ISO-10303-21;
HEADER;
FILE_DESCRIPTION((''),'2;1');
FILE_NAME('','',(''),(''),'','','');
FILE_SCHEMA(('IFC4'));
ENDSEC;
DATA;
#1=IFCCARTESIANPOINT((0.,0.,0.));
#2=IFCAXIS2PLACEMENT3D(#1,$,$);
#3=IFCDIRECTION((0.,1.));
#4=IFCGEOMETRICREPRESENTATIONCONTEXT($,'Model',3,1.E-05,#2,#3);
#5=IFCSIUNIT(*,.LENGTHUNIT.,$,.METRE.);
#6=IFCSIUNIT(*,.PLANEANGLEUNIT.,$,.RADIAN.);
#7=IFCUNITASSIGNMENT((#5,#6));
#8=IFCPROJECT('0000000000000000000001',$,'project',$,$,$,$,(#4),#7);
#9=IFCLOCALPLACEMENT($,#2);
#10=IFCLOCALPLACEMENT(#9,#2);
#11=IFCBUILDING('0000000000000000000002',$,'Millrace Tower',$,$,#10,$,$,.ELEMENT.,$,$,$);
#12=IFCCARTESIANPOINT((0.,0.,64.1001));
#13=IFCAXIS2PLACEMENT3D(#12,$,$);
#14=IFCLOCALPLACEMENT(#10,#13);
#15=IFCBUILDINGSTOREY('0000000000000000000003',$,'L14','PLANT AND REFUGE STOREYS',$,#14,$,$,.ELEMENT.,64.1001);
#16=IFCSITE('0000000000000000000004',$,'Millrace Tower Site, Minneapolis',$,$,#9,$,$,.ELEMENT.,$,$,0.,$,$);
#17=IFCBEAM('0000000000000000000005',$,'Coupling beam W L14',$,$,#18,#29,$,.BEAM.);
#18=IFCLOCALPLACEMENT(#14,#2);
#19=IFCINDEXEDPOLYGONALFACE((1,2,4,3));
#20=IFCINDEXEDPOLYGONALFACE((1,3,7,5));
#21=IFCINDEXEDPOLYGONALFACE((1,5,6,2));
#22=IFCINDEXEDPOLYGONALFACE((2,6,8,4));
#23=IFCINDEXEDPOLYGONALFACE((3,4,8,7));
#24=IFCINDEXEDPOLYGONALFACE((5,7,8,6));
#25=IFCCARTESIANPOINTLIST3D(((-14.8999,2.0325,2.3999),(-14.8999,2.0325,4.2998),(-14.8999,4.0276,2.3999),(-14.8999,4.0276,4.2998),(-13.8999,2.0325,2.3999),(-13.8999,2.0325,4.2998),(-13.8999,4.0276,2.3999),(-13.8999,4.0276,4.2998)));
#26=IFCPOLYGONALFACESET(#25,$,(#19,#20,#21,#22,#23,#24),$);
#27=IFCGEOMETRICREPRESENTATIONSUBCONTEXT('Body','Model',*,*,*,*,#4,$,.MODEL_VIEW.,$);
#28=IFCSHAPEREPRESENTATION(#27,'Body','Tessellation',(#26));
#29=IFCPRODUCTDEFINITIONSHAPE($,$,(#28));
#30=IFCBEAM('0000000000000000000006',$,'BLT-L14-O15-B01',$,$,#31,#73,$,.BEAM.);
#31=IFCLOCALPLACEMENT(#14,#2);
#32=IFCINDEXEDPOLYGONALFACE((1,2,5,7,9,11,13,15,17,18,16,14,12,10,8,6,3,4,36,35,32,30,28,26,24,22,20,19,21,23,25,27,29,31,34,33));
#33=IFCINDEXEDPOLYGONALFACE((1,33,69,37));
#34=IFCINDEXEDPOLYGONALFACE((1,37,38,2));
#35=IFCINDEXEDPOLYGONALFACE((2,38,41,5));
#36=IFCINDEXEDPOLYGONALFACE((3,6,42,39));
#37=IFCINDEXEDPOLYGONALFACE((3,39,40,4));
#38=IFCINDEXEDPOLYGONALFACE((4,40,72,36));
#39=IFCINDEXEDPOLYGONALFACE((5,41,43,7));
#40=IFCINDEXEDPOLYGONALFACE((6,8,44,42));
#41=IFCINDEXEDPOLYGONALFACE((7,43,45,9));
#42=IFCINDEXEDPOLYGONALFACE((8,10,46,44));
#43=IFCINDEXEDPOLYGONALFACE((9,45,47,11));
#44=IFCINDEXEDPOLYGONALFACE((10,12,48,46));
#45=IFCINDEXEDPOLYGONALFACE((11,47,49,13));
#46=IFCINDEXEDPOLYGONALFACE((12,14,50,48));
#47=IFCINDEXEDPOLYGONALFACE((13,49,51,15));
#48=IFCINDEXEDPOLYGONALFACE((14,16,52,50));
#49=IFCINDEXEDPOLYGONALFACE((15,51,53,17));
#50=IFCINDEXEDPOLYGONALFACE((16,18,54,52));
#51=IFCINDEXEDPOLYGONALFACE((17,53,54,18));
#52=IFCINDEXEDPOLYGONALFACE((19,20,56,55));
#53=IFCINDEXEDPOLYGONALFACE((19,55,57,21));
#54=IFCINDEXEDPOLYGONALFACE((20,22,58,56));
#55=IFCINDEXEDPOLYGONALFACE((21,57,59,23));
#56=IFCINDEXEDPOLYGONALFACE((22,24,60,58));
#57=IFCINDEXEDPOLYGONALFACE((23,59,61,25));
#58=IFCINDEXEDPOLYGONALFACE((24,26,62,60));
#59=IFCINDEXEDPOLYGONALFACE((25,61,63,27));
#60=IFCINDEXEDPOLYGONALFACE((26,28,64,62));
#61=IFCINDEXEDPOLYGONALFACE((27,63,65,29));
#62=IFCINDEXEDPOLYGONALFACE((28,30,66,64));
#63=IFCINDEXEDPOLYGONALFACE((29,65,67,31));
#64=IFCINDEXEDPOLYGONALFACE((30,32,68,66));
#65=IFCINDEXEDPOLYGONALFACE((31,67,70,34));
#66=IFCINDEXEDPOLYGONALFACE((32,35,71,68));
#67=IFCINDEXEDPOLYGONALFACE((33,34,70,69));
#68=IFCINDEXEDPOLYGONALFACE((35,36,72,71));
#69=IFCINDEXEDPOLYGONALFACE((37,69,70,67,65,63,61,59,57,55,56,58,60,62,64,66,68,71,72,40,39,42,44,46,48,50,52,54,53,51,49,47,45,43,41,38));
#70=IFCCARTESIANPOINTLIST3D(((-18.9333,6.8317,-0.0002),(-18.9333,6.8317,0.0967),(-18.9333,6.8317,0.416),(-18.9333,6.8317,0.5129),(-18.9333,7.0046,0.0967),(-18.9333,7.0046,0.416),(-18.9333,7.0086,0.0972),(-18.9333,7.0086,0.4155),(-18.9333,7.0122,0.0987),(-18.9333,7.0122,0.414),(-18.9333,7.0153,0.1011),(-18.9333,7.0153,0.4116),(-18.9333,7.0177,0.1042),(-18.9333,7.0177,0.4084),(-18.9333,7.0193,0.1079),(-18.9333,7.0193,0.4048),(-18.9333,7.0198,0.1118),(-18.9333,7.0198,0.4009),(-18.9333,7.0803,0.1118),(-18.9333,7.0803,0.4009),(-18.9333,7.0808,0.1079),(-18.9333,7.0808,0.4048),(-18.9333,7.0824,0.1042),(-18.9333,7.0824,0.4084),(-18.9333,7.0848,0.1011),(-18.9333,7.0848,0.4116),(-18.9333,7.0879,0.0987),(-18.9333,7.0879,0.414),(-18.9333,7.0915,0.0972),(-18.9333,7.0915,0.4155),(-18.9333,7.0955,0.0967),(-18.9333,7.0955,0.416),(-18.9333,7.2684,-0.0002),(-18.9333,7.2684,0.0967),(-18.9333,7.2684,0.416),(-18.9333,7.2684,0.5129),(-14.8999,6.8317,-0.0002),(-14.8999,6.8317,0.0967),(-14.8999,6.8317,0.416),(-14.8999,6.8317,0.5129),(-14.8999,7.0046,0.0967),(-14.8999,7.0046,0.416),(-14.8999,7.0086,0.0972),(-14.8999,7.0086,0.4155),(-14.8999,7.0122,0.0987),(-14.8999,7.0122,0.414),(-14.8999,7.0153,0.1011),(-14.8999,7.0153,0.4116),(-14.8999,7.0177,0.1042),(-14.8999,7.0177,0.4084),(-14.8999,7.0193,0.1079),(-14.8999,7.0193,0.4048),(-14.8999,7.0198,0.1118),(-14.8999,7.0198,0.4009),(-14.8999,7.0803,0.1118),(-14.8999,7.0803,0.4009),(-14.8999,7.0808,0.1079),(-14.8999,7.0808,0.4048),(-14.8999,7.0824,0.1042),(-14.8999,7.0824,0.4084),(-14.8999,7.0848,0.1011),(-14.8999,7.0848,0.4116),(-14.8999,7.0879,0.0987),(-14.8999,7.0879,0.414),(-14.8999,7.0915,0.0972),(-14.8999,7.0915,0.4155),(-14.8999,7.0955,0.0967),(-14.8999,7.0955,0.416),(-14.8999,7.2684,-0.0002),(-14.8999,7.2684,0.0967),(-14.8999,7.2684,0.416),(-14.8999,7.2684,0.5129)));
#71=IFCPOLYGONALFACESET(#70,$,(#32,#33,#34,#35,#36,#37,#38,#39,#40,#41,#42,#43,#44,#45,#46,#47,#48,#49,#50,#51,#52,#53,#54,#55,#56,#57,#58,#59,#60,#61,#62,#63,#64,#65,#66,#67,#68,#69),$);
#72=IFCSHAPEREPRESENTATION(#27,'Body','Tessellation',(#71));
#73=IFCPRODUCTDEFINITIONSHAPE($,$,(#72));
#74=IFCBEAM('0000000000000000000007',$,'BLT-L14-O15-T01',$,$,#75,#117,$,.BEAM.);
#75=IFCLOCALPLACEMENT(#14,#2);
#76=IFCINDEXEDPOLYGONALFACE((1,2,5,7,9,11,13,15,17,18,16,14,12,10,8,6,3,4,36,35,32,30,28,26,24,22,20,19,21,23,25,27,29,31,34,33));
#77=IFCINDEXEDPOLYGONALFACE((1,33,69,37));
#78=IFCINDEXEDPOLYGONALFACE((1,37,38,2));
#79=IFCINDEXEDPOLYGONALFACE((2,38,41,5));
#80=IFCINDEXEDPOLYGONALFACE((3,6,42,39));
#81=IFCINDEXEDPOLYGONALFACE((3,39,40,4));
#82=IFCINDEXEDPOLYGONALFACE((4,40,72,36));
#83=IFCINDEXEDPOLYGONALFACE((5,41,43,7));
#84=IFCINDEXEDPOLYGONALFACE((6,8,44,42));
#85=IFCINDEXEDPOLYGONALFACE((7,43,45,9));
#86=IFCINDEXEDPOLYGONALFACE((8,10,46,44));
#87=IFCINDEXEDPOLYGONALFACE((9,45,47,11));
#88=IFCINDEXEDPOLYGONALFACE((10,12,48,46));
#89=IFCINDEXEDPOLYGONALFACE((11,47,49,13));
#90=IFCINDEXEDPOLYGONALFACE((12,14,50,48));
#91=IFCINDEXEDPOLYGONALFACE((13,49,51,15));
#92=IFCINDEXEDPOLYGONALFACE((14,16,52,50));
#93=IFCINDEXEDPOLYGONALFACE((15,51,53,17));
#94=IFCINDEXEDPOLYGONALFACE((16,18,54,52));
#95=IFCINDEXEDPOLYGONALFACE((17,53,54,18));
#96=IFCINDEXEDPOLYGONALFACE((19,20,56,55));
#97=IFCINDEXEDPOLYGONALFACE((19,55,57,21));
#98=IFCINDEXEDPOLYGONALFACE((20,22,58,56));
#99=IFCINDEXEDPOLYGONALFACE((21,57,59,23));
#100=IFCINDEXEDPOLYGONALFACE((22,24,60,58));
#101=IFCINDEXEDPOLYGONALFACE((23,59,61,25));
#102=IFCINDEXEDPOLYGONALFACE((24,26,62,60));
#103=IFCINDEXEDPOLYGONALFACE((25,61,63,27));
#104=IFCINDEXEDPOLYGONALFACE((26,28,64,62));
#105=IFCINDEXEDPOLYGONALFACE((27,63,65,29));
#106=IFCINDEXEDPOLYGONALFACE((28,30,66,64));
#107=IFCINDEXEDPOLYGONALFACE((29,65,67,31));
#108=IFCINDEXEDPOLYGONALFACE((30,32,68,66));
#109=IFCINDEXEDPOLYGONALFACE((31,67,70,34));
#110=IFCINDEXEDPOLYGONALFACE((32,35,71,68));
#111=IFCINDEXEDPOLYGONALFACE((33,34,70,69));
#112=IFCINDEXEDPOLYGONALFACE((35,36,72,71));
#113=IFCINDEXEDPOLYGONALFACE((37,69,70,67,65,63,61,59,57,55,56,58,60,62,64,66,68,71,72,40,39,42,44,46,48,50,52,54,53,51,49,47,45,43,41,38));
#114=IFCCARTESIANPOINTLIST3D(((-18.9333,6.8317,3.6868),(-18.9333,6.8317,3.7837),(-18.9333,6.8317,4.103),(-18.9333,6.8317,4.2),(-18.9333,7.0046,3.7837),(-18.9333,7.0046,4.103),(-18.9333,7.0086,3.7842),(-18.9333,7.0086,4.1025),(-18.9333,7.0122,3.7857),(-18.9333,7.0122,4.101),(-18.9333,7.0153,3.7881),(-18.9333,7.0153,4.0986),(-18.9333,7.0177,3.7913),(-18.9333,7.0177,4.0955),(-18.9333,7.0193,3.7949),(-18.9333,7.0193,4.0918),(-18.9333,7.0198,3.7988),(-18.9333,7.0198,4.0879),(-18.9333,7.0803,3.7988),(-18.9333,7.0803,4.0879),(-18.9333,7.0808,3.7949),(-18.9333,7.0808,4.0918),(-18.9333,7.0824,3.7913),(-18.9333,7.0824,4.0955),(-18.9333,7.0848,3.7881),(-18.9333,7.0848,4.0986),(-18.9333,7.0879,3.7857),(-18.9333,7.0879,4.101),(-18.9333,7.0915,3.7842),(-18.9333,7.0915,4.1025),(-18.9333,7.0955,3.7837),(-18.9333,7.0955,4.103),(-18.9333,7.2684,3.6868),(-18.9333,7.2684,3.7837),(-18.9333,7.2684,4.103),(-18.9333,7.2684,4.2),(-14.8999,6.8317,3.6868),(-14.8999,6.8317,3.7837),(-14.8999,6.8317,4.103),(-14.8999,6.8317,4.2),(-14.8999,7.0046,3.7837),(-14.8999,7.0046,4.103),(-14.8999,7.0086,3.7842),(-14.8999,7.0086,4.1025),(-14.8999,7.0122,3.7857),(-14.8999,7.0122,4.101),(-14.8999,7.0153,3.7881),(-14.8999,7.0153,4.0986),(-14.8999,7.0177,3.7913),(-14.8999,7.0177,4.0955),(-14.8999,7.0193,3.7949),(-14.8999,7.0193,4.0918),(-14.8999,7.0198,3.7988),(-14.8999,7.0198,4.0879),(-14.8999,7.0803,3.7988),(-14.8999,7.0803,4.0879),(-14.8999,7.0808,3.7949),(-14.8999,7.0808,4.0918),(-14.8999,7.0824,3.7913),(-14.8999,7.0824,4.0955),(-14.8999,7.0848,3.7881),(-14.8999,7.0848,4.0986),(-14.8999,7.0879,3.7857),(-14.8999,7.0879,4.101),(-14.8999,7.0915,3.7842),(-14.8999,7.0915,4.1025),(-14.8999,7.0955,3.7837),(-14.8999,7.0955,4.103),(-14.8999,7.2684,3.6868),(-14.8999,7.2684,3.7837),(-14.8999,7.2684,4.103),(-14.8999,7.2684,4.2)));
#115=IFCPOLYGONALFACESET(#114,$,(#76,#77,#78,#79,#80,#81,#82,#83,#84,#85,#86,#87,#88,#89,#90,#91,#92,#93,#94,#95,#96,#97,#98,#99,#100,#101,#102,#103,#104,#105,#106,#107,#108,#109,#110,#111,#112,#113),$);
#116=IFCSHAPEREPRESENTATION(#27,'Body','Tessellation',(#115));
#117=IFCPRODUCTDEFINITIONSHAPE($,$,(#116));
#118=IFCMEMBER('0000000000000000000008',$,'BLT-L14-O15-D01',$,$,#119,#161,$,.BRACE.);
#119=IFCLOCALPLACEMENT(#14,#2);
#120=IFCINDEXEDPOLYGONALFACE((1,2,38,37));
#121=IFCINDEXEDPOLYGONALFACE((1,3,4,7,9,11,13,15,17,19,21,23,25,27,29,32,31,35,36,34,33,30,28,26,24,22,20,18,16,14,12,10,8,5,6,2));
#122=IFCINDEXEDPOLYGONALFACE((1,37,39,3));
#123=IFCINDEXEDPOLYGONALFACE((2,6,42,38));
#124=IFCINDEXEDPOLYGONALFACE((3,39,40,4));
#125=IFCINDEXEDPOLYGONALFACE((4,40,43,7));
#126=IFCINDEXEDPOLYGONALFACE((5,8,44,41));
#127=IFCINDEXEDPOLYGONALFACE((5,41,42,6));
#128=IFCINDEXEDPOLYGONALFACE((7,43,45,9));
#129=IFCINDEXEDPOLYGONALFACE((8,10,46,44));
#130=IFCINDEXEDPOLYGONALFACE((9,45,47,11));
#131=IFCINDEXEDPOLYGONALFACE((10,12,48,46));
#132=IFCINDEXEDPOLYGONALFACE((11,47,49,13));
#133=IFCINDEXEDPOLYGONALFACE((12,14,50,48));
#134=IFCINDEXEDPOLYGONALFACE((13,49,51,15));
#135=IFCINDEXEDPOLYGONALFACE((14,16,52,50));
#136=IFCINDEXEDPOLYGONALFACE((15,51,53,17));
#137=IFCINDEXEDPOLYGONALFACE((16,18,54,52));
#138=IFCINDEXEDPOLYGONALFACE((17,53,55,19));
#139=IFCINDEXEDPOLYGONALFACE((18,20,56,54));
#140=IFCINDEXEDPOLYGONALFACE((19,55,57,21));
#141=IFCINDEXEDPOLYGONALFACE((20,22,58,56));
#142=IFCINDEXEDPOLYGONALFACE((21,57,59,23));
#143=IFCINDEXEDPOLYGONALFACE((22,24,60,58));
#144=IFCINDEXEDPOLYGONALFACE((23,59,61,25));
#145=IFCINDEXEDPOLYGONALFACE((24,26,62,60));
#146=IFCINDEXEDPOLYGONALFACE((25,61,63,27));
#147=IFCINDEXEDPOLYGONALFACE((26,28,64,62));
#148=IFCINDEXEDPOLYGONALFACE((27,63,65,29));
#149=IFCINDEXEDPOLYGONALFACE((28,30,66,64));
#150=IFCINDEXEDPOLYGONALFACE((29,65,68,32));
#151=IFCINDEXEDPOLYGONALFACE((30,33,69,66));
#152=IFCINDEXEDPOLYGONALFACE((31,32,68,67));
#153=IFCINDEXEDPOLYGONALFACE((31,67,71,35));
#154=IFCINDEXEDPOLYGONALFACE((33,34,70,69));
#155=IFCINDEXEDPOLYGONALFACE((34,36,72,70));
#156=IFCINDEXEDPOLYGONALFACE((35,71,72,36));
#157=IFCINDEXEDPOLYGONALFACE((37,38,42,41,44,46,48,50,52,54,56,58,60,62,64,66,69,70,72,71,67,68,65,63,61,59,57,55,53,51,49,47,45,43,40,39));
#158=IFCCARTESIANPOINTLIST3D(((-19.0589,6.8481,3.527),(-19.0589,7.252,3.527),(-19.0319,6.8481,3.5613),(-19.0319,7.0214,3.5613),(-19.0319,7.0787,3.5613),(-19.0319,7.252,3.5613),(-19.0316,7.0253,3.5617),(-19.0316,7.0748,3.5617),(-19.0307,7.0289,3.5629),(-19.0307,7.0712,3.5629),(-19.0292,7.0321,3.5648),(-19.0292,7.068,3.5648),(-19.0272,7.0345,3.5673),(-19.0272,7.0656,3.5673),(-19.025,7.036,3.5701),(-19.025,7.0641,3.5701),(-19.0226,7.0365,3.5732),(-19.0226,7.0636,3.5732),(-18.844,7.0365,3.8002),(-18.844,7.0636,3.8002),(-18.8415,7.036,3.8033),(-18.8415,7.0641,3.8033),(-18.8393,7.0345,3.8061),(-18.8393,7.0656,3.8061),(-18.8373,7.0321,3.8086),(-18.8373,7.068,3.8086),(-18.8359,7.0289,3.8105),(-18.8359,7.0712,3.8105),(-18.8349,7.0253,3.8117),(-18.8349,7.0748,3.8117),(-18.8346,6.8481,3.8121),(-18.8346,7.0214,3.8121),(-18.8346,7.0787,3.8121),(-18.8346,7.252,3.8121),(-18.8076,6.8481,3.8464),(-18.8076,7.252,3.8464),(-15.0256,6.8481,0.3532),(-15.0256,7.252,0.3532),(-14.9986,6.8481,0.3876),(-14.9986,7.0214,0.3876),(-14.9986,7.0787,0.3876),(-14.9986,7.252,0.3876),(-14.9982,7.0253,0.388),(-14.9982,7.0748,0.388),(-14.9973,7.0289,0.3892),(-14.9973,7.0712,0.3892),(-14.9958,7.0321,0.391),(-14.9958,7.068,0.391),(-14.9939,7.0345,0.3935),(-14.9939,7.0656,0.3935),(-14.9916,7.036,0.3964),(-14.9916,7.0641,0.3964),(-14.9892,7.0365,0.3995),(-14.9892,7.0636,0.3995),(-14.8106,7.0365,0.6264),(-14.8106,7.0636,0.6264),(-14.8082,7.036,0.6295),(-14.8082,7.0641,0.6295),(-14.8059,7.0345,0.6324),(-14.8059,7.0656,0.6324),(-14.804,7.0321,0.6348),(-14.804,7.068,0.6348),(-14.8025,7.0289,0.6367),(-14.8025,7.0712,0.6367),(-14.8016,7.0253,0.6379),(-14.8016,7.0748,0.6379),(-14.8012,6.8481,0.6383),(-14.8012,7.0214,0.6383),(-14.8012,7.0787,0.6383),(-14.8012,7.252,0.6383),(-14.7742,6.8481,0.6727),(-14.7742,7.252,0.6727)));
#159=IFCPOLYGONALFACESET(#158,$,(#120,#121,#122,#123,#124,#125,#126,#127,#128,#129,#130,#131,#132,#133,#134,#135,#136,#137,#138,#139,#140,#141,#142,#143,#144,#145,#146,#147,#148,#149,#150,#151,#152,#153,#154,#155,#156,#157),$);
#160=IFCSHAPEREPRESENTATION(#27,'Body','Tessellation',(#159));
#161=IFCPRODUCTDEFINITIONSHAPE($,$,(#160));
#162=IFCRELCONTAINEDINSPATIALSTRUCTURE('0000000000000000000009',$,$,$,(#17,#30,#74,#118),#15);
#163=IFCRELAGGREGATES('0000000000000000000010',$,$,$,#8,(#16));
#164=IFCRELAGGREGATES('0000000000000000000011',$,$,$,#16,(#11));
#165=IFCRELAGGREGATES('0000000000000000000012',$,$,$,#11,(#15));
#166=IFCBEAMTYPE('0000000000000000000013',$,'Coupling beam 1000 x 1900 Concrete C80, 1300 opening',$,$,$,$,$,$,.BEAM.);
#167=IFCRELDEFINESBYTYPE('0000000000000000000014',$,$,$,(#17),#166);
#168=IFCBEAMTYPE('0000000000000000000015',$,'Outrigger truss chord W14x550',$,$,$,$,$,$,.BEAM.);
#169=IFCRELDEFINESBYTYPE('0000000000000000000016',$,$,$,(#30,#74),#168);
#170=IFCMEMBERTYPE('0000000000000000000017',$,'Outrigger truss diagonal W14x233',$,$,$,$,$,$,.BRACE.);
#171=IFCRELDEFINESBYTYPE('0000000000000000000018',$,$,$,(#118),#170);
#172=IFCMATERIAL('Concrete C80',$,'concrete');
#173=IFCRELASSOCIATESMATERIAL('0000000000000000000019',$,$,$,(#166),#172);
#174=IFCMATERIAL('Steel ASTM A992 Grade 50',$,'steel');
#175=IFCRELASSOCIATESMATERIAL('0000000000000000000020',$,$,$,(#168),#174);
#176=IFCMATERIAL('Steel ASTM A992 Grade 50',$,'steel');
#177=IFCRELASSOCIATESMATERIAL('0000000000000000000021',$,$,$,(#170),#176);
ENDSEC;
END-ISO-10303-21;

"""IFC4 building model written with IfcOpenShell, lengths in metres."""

from ifc_helpers import new_model, si_unit, direction, frame, origin, origin_2d, place, context, subcontext, project, spatial, rectangle, i_section, extrude, material, material_profile, profile_set, type_object, element, save


model = new_model("IFC4")

# Units and contexts
model_context = context("Model", 3, precision=1e-05, world=origin(), true_north=direction((0.0, 1.0)))
body_context = subcontext(model_context, "Body", "Model", "MODEL_VIEW")
ifc_project = project(units=[si_unit("LENGTHUNIT", "METRE"), si_unit("PLANEANGLEUNIT", "RADIAN")], contexts=[model_context])

# Site, building, storey
site_placement = place(None, origin())
site = spatial("IfcSite", under=ifc_project, at=site_placement, Name="Millrace Tower Site, Minneapolis", CompositionType="ELEMENT", RefElevation=0.0)
building_placement = place(site_placement, origin())
building = spatial("IfcBuilding", under=site, at=building_placement, Name="Millrace Tower", CompositionType="ELEMENT")
storey_placement = place(building_placement, frame((0.0, 0.0, 64.1001)))
storey = spatial("IfcBuildingStorey", under=building, at=storey_placement, Name="L14", Description="PLANT AND REFUGE STOREYS", CompositionType="ELEMENT", Elevation=64.1001)

# Beams
ifc_material_1 = material(Name="Concrete C80", Category="concrete")
ifc_material_profile_1 = material_profile(ifc_material_1, rectangle(XDim=1.0, YDim=1.8999, at=origin_2d()))
ifc_profile_set_1 = profile_set([ifc_material_profile_1], Name="Concrete C80")
beam_type_1 = type_object("IfcBeamType", Name="Coupling beam 1000 x 1900 Concrete C80, 1300 opening", PredefinedType="BEAM", material=ifc_profile_set_1)
beam_placement = place(storey_placement, frame((-14.3999, 2.0325, 3.3499), z_axis=(0.0, 1.0, 0.0), x_axis=(-1.0, 0.0, 0.0)))
element("IfcBeam", 1, at=beam_placement, inside=storey, type_object=beam_type_1, Name="Coupling beam W L14", PredefinedType="BEAM", context=body_context, shape_type="SweptSolid", body=[
    extrude(rectangle(XDim=1.0, YDim=1.8999, at=origin_2d()), origin(), (0.0, 0.0, 1.0), 1.9951),
])
ifc_material_2 = material(Name="Steel ASTM A992 Grade 50", Category="steel")
ifc_material_profile_2 = material_profile(ifc_material_2, i_section(OverallWidth=0.4368, OverallDepth=0.5132, WebThickness=0.0605, FlangeThickness=0.0969, FilletRadius=0.0151, at=origin_2d()))
ifc_profile_set_2 = profile_set([ifc_material_profile_2], Name="Steel ASTM A992 Grade 50")
beam_type_2 = type_object("IfcBeamType", Name="Outrigger truss chord W14x550", PredefinedType="BEAM", material=ifc_profile_set_2)
for number, where, z_axis, x_axis, name in (
    (2, (-14.8999, 7.05, 0.2563), (-1.0, 0.0, 0.0), (0.0, -1.0, 0.0), "BLT-L14-O15-B01"),
    (3, (-14.8999, 7.05, 3.9434), (-1.0, 0.0, 0.0), (0.0, -1.0, 0.0), "BLT-L14-O15-T01"),
):
    element("IfcBeam", number, at=place(storey_placement, frame(where, z_axis=z_axis, x_axis=x_axis)), inside=storey, type_object=beam_type_2, Name=name, PredefinedType="BEAM", context=body_context, shape_type="SweptSolid", body=[
        extrude(i_section(OverallWidth=0.4368, OverallDepth=0.5132, WebThickness=0.0605, FlangeThickness=0.0969, FilletRadius=0.0151, at=origin_2d()), origin(), (0.0, 0.0, 1.0), 4.0334),
    ])

# Member
ifc_material_3 = material(Name="Steel ASTM A992 Grade 50", Category="steel")
ifc_material_profile_3 = material_profile(ifc_material_3, i_section(OverallWidth=0.4038, OverallDepth=0.4065, WebThickness=0.0271, FlangeThickness=0.0437, FilletRadius=0.0151, at=origin_2d()))
ifc_profile_set_3 = profile_set([ifc_material_profile_3], Name="Steel ASTM A992 Grade 50")
member_type_1 = type_object("IfcMemberType", Name="Outrigger truss diagonal W14x233", PredefinedType="BRACE", material=ifc_profile_set_3)
member_1_placement = place(storey_placement, frame((-14.8999, 7.05, 0.5129), z_axis=(-0.785874, 0.0, 0.618387), x_axis=(0.0, -1.0, 0.0)))
element("IfcMember", 4, at=member_1_placement, inside=storey, type_object=member_type_1, Name="BLT-L14-O15-D01", PredefinedType="BRACE", context=body_context, shape_type="SweptSolid", body=[
    extrude(i_section(OverallWidth=0.4038, OverallDepth=0.4065, WebThickness=0.0271, FlangeThickness=0.0437, FilletRadius=0.0151, at=origin_2d()), origin(), (0.0, 0.0, 1.0), 5.1323),
])

save(model, "model.ifc")
